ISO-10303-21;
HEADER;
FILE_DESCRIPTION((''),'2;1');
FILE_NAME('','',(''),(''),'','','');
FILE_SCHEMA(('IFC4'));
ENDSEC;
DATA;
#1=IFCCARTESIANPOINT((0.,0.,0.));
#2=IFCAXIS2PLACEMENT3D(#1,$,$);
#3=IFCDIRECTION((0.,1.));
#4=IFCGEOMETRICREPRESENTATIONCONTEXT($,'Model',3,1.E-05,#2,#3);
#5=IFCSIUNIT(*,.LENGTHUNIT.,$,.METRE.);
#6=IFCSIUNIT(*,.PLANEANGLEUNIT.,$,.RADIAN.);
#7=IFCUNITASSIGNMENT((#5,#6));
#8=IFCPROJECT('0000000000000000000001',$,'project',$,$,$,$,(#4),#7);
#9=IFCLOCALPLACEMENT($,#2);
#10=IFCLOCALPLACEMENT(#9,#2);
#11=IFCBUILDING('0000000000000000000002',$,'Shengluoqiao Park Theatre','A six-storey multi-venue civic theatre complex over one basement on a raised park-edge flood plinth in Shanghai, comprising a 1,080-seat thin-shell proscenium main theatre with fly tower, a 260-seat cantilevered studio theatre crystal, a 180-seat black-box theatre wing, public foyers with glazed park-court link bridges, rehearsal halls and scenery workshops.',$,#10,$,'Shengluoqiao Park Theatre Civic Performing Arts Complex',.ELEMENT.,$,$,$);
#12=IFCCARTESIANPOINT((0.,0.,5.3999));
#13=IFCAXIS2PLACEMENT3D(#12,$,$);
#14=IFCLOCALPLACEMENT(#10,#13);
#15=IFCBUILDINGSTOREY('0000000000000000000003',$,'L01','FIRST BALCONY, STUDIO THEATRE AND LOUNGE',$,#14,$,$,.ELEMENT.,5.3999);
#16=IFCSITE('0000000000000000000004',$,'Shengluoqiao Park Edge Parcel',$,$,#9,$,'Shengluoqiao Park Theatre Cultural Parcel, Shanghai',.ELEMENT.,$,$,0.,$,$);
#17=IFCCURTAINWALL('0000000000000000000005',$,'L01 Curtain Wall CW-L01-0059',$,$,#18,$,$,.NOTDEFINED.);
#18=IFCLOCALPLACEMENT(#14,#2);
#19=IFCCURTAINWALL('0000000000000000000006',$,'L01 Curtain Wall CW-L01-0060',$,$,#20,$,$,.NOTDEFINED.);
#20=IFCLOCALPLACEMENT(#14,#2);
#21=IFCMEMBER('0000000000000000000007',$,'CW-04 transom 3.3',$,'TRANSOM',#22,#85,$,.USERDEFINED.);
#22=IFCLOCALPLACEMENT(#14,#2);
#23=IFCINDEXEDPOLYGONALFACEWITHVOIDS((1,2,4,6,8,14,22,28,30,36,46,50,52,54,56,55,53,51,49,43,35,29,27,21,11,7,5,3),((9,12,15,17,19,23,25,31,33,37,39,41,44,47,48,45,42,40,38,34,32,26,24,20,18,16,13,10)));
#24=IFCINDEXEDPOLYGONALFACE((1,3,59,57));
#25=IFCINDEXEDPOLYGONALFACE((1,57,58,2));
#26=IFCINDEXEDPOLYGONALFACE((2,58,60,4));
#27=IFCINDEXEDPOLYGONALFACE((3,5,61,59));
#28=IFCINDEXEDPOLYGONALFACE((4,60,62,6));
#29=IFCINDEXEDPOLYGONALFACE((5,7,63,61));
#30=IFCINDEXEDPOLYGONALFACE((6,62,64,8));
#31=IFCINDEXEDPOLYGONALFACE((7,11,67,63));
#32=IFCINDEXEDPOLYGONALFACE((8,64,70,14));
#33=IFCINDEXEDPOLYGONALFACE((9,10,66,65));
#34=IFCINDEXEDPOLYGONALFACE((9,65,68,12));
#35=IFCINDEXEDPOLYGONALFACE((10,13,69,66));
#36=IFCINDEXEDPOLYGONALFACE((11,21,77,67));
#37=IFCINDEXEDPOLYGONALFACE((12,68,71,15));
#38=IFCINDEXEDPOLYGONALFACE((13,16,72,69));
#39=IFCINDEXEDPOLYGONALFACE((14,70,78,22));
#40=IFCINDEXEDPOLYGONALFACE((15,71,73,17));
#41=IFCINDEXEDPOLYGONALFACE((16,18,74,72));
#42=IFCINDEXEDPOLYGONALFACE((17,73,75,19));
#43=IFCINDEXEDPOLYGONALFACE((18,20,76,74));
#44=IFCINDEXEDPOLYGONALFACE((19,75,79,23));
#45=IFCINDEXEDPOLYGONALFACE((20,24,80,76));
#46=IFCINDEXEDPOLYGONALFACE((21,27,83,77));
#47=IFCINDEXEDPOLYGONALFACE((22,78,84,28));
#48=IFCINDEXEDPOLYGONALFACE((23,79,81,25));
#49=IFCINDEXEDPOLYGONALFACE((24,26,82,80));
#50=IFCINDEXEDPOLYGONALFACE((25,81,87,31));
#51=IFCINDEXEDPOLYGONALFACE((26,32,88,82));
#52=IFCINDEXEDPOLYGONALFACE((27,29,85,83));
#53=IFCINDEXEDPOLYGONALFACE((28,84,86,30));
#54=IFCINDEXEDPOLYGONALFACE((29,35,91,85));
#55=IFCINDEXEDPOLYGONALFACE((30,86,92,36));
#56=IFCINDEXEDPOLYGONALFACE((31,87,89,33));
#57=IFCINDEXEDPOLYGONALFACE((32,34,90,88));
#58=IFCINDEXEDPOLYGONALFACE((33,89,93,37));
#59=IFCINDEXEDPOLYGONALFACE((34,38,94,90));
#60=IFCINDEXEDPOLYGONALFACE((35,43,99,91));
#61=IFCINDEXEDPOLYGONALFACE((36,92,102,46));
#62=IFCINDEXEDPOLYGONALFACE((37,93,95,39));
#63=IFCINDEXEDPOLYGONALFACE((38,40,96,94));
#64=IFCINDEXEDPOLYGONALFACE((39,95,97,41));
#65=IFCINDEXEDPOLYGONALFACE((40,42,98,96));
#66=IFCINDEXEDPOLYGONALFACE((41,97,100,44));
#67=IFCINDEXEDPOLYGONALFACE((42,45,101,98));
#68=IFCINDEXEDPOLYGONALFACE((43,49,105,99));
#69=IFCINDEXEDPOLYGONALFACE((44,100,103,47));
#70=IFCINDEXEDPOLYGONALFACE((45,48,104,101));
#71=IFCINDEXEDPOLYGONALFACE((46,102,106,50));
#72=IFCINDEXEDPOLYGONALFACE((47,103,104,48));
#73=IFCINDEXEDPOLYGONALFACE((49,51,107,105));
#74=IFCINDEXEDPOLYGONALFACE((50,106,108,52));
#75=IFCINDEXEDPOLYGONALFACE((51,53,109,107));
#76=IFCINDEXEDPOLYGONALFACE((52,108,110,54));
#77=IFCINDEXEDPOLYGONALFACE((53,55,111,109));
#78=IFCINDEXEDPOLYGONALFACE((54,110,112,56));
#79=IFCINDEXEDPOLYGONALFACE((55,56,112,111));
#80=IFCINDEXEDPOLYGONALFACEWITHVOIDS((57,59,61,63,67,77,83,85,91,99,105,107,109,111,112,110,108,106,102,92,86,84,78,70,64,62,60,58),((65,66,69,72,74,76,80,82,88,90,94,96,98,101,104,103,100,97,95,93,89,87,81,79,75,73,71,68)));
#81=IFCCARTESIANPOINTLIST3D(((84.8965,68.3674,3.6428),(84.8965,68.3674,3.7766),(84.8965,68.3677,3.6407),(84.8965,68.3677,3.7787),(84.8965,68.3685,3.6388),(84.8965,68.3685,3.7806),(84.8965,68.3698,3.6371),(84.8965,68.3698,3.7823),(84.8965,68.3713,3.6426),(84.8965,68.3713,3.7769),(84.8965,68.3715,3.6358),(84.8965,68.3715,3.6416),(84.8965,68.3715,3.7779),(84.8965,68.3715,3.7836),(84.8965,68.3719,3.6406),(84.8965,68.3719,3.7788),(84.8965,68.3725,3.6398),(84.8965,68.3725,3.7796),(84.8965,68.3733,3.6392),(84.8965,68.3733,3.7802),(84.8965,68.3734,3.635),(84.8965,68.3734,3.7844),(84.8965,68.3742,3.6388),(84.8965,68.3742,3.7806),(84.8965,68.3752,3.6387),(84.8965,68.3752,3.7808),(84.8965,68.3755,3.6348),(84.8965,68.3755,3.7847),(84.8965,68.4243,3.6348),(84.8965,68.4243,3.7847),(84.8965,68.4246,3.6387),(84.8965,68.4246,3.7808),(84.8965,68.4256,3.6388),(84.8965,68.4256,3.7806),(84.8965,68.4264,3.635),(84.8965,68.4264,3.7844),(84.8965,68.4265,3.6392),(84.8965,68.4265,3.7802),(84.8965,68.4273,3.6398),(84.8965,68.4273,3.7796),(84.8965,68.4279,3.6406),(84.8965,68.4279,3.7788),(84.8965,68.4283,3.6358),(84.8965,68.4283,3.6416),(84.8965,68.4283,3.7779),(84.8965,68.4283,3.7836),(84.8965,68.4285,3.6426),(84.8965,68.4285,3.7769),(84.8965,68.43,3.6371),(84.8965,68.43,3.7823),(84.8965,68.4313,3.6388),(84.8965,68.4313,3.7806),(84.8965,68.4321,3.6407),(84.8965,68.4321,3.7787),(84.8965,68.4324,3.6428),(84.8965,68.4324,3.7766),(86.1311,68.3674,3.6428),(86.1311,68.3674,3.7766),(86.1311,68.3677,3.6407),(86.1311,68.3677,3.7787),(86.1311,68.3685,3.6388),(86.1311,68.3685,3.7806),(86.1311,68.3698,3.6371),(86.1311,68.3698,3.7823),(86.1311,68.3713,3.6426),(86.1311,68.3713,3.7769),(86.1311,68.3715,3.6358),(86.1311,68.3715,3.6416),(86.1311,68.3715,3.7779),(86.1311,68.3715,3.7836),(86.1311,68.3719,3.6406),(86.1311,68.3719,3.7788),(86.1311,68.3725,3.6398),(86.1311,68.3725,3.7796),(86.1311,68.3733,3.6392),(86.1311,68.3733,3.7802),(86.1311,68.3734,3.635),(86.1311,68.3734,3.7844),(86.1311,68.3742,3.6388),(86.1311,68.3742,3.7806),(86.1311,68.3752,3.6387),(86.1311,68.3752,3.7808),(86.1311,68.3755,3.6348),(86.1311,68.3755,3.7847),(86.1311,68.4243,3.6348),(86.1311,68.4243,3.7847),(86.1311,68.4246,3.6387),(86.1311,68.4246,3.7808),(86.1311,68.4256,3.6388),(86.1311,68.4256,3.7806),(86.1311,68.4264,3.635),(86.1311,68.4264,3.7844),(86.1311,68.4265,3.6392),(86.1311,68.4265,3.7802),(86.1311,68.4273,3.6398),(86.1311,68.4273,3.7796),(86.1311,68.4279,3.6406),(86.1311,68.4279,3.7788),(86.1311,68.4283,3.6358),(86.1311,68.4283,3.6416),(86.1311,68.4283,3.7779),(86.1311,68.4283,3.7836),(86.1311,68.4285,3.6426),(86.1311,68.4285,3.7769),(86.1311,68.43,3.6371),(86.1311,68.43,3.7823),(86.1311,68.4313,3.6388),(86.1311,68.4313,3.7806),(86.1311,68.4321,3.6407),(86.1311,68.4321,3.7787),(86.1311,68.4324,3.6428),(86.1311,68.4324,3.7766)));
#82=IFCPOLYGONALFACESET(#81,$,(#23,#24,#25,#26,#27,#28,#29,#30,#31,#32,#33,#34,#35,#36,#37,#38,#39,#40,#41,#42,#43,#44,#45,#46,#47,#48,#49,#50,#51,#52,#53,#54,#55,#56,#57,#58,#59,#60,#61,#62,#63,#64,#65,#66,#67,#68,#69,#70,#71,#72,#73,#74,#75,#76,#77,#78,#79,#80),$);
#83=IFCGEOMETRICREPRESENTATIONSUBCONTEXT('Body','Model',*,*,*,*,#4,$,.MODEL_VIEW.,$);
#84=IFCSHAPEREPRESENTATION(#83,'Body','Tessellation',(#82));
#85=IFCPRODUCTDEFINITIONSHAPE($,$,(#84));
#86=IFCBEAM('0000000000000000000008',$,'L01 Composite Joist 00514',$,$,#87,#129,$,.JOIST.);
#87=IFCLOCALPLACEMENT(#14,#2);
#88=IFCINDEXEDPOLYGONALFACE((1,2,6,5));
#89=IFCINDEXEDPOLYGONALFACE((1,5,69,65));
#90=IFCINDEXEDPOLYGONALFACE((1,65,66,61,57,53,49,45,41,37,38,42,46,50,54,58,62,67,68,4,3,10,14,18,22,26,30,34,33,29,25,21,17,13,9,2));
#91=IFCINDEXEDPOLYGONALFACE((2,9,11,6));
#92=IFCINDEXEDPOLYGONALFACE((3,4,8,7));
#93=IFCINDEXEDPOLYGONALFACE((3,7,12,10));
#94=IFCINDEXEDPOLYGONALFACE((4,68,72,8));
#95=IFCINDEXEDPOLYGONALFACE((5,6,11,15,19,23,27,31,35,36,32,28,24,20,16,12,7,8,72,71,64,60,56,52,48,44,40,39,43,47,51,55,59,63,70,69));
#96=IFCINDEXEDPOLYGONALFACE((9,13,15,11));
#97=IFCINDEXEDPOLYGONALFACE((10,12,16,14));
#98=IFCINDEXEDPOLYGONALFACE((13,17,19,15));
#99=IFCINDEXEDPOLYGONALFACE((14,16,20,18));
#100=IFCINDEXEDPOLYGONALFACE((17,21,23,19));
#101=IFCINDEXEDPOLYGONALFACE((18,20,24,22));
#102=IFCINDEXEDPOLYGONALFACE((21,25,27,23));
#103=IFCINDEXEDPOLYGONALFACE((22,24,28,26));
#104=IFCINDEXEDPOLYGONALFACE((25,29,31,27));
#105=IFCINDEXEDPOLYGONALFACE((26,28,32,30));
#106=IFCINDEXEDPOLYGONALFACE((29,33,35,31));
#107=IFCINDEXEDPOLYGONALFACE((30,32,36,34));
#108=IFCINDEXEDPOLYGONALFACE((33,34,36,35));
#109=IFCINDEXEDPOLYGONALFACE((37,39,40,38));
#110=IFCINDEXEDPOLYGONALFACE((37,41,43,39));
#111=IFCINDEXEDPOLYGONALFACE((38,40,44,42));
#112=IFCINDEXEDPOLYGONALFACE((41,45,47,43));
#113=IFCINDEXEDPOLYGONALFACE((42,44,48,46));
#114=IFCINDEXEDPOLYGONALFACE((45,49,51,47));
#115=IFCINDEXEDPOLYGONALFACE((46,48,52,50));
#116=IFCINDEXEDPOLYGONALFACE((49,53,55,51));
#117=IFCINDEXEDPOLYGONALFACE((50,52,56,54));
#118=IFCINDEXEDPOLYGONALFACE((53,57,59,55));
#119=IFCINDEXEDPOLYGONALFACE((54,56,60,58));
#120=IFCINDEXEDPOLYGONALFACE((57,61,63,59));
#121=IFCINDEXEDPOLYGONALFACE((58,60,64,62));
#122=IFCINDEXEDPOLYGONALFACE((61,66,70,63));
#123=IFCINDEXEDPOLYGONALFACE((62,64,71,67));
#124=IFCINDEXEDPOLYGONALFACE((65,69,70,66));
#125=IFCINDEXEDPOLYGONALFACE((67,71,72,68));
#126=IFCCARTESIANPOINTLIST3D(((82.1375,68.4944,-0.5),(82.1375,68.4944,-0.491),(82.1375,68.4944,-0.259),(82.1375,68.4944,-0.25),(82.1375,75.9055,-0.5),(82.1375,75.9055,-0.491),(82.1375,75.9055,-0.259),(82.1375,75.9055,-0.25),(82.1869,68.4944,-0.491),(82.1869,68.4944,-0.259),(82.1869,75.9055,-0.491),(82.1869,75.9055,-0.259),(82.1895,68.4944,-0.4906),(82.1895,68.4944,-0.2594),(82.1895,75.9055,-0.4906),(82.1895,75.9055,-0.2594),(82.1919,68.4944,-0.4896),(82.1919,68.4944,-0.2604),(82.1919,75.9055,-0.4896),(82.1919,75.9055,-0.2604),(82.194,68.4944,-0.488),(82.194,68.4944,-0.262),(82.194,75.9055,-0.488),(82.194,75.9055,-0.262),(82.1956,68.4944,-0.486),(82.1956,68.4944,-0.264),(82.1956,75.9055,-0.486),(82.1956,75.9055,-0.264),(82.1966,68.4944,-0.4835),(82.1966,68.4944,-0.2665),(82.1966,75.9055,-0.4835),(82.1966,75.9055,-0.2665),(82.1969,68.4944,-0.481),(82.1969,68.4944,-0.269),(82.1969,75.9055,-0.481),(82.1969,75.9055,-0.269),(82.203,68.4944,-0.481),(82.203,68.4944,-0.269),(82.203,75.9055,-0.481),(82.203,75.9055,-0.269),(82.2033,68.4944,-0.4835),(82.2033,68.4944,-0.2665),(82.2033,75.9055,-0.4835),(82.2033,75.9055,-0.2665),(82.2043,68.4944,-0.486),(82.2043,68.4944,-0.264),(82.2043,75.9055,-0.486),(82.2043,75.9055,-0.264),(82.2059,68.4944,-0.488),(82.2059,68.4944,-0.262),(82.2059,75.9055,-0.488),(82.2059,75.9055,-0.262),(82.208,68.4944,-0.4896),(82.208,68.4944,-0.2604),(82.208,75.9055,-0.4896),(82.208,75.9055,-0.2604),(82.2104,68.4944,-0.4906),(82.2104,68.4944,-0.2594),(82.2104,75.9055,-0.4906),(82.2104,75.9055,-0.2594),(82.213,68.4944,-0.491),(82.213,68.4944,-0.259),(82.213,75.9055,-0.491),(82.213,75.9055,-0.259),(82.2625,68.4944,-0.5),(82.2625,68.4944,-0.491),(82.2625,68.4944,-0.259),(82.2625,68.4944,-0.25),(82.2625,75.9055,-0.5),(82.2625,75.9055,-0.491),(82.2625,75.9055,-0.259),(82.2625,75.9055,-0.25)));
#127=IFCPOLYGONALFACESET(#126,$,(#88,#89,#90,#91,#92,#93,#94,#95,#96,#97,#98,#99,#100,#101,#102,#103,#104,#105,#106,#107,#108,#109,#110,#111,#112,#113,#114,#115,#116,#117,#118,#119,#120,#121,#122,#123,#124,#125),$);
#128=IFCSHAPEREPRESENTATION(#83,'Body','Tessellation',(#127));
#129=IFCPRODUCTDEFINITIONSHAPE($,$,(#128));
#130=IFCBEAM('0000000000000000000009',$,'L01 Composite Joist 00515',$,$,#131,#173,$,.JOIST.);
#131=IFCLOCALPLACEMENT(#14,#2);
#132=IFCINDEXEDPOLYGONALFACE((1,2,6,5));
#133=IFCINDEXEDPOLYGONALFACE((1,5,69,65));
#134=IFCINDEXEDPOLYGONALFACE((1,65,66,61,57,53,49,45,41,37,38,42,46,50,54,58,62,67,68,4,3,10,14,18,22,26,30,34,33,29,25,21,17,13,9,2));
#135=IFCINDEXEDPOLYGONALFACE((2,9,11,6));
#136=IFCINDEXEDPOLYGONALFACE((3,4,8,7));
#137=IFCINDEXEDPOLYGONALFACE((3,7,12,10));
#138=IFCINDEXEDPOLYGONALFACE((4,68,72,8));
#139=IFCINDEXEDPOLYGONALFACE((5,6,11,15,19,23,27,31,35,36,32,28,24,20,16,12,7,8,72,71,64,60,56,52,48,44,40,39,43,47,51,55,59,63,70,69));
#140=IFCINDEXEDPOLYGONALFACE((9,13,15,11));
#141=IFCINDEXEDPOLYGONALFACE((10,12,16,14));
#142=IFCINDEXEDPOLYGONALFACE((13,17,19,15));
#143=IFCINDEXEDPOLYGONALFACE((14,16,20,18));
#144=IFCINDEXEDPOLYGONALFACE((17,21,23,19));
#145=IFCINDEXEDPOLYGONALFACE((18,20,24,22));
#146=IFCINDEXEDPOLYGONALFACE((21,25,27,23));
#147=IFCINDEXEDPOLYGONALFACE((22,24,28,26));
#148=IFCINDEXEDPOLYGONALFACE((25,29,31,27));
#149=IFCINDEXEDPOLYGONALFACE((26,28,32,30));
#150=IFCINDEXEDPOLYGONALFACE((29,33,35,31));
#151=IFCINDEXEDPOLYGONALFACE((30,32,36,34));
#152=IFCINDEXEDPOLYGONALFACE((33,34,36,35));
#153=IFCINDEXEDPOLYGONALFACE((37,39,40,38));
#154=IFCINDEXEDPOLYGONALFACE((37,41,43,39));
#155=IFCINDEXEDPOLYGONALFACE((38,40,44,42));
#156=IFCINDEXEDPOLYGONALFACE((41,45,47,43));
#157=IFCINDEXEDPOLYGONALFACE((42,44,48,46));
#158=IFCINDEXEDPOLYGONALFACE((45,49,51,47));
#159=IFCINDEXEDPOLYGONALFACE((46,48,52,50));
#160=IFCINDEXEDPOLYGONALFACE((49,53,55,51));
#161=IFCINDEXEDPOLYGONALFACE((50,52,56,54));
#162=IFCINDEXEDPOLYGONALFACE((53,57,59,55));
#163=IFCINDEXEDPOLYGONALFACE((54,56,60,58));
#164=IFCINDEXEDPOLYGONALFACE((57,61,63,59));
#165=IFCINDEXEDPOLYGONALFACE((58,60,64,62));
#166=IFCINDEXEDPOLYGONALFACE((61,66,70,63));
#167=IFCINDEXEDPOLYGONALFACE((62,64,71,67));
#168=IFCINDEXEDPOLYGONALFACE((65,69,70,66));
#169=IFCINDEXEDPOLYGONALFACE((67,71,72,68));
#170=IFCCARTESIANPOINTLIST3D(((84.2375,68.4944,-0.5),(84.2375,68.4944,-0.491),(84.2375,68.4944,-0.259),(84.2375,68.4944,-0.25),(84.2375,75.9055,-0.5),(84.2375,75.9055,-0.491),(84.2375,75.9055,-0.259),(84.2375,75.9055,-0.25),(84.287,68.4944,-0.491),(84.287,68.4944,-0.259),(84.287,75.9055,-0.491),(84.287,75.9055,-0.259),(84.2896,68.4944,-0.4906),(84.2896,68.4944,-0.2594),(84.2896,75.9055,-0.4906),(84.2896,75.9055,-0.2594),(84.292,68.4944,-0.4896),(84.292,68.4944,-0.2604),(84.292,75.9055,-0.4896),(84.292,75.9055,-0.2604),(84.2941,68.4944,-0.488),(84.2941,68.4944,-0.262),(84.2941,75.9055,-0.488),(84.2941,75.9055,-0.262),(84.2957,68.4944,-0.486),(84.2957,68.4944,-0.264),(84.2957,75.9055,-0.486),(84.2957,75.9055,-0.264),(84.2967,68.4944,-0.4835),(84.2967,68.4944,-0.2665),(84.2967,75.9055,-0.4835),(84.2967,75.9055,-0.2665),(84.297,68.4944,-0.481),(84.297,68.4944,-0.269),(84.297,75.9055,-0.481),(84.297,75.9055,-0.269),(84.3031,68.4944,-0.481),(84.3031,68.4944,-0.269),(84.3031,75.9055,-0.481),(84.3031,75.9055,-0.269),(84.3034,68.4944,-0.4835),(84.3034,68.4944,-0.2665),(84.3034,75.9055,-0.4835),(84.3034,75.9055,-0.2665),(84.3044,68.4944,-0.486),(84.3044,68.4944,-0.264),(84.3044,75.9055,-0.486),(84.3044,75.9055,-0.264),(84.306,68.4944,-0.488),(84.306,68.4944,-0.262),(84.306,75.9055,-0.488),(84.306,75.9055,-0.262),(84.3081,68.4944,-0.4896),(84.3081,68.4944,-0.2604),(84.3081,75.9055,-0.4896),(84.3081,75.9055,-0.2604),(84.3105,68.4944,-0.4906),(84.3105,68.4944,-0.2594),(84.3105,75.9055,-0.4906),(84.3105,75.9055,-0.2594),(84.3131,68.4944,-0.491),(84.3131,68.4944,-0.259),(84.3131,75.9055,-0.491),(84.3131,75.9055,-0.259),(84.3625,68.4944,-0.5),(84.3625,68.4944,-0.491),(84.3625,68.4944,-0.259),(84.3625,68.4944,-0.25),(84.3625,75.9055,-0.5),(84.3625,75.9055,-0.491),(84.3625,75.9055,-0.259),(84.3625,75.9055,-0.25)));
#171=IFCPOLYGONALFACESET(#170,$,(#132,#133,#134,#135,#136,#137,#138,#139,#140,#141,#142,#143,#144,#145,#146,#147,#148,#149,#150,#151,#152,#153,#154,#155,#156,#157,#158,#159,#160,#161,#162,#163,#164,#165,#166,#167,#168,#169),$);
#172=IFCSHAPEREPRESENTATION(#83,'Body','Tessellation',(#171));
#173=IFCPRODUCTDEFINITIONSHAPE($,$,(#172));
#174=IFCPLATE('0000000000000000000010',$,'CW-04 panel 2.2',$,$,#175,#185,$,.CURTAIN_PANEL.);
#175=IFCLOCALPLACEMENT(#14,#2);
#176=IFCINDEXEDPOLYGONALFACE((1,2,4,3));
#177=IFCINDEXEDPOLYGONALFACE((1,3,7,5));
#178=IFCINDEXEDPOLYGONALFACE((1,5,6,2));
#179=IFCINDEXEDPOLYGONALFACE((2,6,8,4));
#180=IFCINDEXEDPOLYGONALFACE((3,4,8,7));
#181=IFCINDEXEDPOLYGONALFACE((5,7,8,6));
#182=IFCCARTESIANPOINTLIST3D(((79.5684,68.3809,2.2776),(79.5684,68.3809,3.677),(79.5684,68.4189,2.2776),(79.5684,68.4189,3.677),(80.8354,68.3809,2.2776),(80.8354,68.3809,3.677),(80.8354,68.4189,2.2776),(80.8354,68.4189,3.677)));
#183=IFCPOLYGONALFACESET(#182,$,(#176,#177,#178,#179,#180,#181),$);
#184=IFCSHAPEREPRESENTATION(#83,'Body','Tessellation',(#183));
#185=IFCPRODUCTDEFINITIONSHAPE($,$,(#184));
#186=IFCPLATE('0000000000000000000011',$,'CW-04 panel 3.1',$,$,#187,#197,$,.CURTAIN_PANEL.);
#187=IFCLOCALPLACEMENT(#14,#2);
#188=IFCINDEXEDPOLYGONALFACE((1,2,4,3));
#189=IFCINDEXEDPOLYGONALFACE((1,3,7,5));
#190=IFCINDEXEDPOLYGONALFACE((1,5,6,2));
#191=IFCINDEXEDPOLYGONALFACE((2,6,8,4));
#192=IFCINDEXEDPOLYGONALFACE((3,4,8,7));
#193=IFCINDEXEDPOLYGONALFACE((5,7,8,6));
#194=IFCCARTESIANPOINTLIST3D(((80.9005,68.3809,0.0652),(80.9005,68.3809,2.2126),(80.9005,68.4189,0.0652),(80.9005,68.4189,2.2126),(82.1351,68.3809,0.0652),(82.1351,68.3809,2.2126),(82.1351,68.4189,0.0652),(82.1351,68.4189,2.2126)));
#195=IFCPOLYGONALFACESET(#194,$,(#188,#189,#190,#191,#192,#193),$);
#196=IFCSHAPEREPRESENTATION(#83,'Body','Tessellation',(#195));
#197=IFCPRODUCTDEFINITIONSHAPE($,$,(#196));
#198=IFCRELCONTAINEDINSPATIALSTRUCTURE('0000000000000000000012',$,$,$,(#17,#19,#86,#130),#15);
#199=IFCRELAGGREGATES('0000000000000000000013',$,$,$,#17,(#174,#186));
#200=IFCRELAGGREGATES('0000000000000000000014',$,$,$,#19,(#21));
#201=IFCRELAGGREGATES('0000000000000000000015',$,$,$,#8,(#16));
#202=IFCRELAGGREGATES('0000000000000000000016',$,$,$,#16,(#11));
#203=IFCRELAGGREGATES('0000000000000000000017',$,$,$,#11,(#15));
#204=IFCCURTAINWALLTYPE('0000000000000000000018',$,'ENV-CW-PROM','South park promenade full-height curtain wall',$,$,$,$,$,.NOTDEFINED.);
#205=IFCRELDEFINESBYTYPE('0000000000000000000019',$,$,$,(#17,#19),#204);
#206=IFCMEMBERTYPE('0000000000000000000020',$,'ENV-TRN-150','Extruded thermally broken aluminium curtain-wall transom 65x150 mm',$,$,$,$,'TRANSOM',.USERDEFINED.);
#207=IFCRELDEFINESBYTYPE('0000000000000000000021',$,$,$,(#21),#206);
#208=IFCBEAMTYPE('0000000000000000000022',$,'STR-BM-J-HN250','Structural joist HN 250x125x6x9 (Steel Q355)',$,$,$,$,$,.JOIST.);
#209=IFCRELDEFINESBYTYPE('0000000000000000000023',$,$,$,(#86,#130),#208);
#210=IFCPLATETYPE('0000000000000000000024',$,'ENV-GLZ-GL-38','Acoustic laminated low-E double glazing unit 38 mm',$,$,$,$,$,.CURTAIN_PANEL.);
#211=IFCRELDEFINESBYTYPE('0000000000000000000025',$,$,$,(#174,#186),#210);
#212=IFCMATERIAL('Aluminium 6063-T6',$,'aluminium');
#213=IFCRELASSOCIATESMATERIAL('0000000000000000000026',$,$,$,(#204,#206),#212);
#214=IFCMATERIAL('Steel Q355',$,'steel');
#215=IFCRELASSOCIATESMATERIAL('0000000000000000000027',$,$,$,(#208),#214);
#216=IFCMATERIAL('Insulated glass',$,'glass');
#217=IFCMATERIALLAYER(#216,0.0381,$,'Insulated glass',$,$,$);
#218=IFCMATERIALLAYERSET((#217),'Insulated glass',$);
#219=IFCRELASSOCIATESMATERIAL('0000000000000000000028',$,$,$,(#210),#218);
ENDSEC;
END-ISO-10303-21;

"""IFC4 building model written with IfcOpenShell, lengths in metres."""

from ifc_helpers import new_model, si_unit, direction, frame, origin, origin_2d, place, context, subcontext, project, spatial, rectangle, hollow_rectangle, i_section, extrude, material, layer, layer_set, material_profile, profile_set, type_object, element, aggregate, save


model = new_model("IFC4")

# Units and contexts
model_context = context("Model", 3, precision=1e-05, world=origin(), true_north=direction((0.0, 1.0)))
body_context = subcontext(model_context, "Body", "Model", "MODEL_VIEW")
ifc_project = project(units=[si_unit("LENGTHUNIT", "METRE"), si_unit("PLANEANGLEUNIT", "RADIAN")], contexts=[model_context])

# Site, building, storey
site_placement = place(None, origin())
site = spatial("IfcSite", under=ifc_project, at=site_placement, Name="Shengluoqiao Park Edge Parcel", LongName="Shengluoqiao Park Theatre Cultural Parcel, Shanghai", CompositionType="ELEMENT", RefElevation=0.0)
building_placement = place(site_placement, origin())
building = spatial("IfcBuilding", under=site, at=building_placement, Name="Shengluoqiao Park Theatre", Description="A six-storey multi-venue civic theatre complex over one basement on a raised park-edge flood plinth in Shanghai, comprising a 1,080-seat thin-shell proscenium main theatre with fly tower, a 260-seat cantilevered studio theatre crystal, a 180-seat black-box theatre wing, public foyers with glazed park-court link bridges, rehearsal halls and scenery workshops.", LongName="Shengluoqiao Park Theatre Civic Performing Arts Complex", CompositionType="ELEMENT")
storey_placement = place(building_placement, frame((0.0, 0.0, 5.3999)))
storey = spatial("IfcBuildingStorey", under=building, at=storey_placement, Name="L01", Description="FIRST BALCONY, STUDIO THEATRE AND LOUNGE", CompositionType="ELEMENT", Elevation=5.3999)

# Shared definitions
ifc_material_1 = material(Name="Steel Q355", Category="steel")

# Curtain walls
ifc_material_2 = material(Name="Aluminium 6063-T6", Category="aluminium")
curtain_wall_type = type_object("IfcCurtainWallType", Name="ENV-CW-PROM", Description="South park promenade full-height curtain wall", PredefinedType="NOTDEFINED", material=ifc_material_2)
curtain_wall_1_placement = place(storey_placement, origin())
curtain_wall_1 = element("IfcCurtainWall", 1, at=curtain_wall_1_placement, inside=storey, type_object=curtain_wall_type, Name="L01 Curtain Wall CW-L01-0059", PredefinedType="NOTDEFINED")
curtain_wall_2_placement = place(storey_placement, origin())
curtain_wall_2 = element("IfcCurtainWall", 2, at=curtain_wall_2_placement, inside=storey, type_object=curtain_wall_type, Name="L01 Curtain Wall CW-L01-0060", PredefinedType="NOTDEFINED")

# Member
ifc_material_profile_1 = material_profile(ifc_material_2, hollow_rectangle(XDim=0.0649, YDim=0.1499, WallThickness=0.0039, InnerFilletRadius=0.0039, OuterFilletRadius=0.0081, at=origin_2d()), Name="ALU TRANSOM 150x65x4")
ifc_profile_set_1 = profile_set([ifc_material_profile_1], Name="Aluminium 6063-T6")
member_type_1 = type_object("IfcMemberType", Name="ENV-TRN-150", Description="Extruded thermally broken aluminium curtain-wall transom 65x150 mm", ElementType="TRANSOM", PredefinedType="USERDEFINED", material=ifc_profile_set_1)
member_1_placement = place(storey_placement, frame((84.8965, 68.3999, 3.7097), z_axis=(1.0, 0.0, 0.0), x_axis=(0.0, 1.0, 0.0)))
member_1 = element("IfcMember", 3, at=member_1_placement, type_object=member_type_1, Name="CW-04 transom 3.3", ObjectType="TRANSOM", PredefinedType="USERDEFINED", context=body_context, shape_type="SweptSolid", body=[
    extrude(hollow_rectangle(XDim=0.0649, YDim=0.1499, WallThickness=0.0039, InnerFilletRadius=0.0039, OuterFilletRadius=0.0081, at=origin_2d()), origin(), (0.0, 0.0, 1.0), 1.2346),
])

# Beams
ifc_material_profile_2 = material_profile(ifc_material_1, i_section(OverallWidth=0.125, OverallDepth=0.25, WebThickness=0.0061, FlangeThickness=0.009, FilletRadius=0.01, at=origin_2d()), Name="HN 250x125x6x9")
ifc_profile_set_2 = profile_set([ifc_material_profile_2], Name="Steel Q355")
beam_type = type_object("IfcBeamType", Name="STR-BM-J-HN250", Description="Structural joist HN 250x125x6x9 (Steel Q355)", PredefinedType="JOIST", material=ifc_profile_set_2)
for number, where, z_axis, x_axis, name in (
    (4, (82.2, 68.4944, -0.375), (0.0, 1.0, 0.0), (-1.0, 0.0, 0.0), "L01 Composite Joist 00514"),
    (5, (84.3, 68.4944, -0.375), (0.0, 1.0, 0.0), (-1.0, 0.0, 0.0), "L01 Composite Joist 00515"),
):
    element("IfcBeam", number, at=place(storey_placement, frame(where, z_axis=z_axis, x_axis=x_axis)), inside=storey, type_object=beam_type, Name=name, PredefinedType="JOIST", context=body_context, shape_type="SweptSolid", body=[
        extrude(i_section(OverallWidth=0.125, OverallDepth=0.25, WebThickness=0.0061, FlangeThickness=0.009, FilletRadius=0.01, at=origin_2d()), origin(), (0.0, 0.0, 1.0), 7.4111),
    ])

# Plates
ifc_material_3 = material(Name="Insulated glass", Category="glass")
ifc_layer = layer(ifc_material_3, 0.0381, Name="Insulated glass")
ifc_layer_set = layer_set([ifc_layer], Name="Insulated glass")
plate_type = type_object("IfcPlateType", Name="ENV-GLZ-GL-38", Description="Acoustic laminated low-E double glazing unit 38 mm", PredefinedType="CURTAIN_PANEL", material=ifc_layer_set)
plate_1_placement = place(storey_placement, frame((80.2019, 68.3999, 2.2776), z_axis=(0.0, 0.0, 1.0), x_axis=(1.0, 0.0, 0.0)))
plate_1 = element("IfcPlate", 6, at=plate_1_placement, type_object=plate_type, Name="CW-04 panel 2.2", PredefinedType="CURTAIN_PANEL", context=body_context, shape_type="SweptSolid", body=[
    extrude(rectangle(XDim=1.2671, YDim=0.0381, at=origin_2d()), origin(), (0.0, 0.0, 1.0), 1.3994),
])
plate_2_placement = place(storey_placement, frame((81.5178, 68.3999, 0.0652), z_axis=(0.0, 0.0, 1.0), x_axis=(1.0, 0.0, 0.0)))
plate_2 = element("IfcPlate", 7, at=plate_2_placement, type_object=plate_type, Name="CW-04 panel 3.1", PredefinedType="CURTAIN_PANEL", context=body_context, shape_type="SweptSolid", body=[
    extrude(rectangle(XDim=1.2346, YDim=0.0381, at=origin_2d()), origin(), (0.0, 0.0, 1.0), 2.1475),
])
aggregate(curtain_wall_1, [plate_1, plate_2])
aggregate(curtain_wall_2, [member_1])

save(model, "model.ifc")
